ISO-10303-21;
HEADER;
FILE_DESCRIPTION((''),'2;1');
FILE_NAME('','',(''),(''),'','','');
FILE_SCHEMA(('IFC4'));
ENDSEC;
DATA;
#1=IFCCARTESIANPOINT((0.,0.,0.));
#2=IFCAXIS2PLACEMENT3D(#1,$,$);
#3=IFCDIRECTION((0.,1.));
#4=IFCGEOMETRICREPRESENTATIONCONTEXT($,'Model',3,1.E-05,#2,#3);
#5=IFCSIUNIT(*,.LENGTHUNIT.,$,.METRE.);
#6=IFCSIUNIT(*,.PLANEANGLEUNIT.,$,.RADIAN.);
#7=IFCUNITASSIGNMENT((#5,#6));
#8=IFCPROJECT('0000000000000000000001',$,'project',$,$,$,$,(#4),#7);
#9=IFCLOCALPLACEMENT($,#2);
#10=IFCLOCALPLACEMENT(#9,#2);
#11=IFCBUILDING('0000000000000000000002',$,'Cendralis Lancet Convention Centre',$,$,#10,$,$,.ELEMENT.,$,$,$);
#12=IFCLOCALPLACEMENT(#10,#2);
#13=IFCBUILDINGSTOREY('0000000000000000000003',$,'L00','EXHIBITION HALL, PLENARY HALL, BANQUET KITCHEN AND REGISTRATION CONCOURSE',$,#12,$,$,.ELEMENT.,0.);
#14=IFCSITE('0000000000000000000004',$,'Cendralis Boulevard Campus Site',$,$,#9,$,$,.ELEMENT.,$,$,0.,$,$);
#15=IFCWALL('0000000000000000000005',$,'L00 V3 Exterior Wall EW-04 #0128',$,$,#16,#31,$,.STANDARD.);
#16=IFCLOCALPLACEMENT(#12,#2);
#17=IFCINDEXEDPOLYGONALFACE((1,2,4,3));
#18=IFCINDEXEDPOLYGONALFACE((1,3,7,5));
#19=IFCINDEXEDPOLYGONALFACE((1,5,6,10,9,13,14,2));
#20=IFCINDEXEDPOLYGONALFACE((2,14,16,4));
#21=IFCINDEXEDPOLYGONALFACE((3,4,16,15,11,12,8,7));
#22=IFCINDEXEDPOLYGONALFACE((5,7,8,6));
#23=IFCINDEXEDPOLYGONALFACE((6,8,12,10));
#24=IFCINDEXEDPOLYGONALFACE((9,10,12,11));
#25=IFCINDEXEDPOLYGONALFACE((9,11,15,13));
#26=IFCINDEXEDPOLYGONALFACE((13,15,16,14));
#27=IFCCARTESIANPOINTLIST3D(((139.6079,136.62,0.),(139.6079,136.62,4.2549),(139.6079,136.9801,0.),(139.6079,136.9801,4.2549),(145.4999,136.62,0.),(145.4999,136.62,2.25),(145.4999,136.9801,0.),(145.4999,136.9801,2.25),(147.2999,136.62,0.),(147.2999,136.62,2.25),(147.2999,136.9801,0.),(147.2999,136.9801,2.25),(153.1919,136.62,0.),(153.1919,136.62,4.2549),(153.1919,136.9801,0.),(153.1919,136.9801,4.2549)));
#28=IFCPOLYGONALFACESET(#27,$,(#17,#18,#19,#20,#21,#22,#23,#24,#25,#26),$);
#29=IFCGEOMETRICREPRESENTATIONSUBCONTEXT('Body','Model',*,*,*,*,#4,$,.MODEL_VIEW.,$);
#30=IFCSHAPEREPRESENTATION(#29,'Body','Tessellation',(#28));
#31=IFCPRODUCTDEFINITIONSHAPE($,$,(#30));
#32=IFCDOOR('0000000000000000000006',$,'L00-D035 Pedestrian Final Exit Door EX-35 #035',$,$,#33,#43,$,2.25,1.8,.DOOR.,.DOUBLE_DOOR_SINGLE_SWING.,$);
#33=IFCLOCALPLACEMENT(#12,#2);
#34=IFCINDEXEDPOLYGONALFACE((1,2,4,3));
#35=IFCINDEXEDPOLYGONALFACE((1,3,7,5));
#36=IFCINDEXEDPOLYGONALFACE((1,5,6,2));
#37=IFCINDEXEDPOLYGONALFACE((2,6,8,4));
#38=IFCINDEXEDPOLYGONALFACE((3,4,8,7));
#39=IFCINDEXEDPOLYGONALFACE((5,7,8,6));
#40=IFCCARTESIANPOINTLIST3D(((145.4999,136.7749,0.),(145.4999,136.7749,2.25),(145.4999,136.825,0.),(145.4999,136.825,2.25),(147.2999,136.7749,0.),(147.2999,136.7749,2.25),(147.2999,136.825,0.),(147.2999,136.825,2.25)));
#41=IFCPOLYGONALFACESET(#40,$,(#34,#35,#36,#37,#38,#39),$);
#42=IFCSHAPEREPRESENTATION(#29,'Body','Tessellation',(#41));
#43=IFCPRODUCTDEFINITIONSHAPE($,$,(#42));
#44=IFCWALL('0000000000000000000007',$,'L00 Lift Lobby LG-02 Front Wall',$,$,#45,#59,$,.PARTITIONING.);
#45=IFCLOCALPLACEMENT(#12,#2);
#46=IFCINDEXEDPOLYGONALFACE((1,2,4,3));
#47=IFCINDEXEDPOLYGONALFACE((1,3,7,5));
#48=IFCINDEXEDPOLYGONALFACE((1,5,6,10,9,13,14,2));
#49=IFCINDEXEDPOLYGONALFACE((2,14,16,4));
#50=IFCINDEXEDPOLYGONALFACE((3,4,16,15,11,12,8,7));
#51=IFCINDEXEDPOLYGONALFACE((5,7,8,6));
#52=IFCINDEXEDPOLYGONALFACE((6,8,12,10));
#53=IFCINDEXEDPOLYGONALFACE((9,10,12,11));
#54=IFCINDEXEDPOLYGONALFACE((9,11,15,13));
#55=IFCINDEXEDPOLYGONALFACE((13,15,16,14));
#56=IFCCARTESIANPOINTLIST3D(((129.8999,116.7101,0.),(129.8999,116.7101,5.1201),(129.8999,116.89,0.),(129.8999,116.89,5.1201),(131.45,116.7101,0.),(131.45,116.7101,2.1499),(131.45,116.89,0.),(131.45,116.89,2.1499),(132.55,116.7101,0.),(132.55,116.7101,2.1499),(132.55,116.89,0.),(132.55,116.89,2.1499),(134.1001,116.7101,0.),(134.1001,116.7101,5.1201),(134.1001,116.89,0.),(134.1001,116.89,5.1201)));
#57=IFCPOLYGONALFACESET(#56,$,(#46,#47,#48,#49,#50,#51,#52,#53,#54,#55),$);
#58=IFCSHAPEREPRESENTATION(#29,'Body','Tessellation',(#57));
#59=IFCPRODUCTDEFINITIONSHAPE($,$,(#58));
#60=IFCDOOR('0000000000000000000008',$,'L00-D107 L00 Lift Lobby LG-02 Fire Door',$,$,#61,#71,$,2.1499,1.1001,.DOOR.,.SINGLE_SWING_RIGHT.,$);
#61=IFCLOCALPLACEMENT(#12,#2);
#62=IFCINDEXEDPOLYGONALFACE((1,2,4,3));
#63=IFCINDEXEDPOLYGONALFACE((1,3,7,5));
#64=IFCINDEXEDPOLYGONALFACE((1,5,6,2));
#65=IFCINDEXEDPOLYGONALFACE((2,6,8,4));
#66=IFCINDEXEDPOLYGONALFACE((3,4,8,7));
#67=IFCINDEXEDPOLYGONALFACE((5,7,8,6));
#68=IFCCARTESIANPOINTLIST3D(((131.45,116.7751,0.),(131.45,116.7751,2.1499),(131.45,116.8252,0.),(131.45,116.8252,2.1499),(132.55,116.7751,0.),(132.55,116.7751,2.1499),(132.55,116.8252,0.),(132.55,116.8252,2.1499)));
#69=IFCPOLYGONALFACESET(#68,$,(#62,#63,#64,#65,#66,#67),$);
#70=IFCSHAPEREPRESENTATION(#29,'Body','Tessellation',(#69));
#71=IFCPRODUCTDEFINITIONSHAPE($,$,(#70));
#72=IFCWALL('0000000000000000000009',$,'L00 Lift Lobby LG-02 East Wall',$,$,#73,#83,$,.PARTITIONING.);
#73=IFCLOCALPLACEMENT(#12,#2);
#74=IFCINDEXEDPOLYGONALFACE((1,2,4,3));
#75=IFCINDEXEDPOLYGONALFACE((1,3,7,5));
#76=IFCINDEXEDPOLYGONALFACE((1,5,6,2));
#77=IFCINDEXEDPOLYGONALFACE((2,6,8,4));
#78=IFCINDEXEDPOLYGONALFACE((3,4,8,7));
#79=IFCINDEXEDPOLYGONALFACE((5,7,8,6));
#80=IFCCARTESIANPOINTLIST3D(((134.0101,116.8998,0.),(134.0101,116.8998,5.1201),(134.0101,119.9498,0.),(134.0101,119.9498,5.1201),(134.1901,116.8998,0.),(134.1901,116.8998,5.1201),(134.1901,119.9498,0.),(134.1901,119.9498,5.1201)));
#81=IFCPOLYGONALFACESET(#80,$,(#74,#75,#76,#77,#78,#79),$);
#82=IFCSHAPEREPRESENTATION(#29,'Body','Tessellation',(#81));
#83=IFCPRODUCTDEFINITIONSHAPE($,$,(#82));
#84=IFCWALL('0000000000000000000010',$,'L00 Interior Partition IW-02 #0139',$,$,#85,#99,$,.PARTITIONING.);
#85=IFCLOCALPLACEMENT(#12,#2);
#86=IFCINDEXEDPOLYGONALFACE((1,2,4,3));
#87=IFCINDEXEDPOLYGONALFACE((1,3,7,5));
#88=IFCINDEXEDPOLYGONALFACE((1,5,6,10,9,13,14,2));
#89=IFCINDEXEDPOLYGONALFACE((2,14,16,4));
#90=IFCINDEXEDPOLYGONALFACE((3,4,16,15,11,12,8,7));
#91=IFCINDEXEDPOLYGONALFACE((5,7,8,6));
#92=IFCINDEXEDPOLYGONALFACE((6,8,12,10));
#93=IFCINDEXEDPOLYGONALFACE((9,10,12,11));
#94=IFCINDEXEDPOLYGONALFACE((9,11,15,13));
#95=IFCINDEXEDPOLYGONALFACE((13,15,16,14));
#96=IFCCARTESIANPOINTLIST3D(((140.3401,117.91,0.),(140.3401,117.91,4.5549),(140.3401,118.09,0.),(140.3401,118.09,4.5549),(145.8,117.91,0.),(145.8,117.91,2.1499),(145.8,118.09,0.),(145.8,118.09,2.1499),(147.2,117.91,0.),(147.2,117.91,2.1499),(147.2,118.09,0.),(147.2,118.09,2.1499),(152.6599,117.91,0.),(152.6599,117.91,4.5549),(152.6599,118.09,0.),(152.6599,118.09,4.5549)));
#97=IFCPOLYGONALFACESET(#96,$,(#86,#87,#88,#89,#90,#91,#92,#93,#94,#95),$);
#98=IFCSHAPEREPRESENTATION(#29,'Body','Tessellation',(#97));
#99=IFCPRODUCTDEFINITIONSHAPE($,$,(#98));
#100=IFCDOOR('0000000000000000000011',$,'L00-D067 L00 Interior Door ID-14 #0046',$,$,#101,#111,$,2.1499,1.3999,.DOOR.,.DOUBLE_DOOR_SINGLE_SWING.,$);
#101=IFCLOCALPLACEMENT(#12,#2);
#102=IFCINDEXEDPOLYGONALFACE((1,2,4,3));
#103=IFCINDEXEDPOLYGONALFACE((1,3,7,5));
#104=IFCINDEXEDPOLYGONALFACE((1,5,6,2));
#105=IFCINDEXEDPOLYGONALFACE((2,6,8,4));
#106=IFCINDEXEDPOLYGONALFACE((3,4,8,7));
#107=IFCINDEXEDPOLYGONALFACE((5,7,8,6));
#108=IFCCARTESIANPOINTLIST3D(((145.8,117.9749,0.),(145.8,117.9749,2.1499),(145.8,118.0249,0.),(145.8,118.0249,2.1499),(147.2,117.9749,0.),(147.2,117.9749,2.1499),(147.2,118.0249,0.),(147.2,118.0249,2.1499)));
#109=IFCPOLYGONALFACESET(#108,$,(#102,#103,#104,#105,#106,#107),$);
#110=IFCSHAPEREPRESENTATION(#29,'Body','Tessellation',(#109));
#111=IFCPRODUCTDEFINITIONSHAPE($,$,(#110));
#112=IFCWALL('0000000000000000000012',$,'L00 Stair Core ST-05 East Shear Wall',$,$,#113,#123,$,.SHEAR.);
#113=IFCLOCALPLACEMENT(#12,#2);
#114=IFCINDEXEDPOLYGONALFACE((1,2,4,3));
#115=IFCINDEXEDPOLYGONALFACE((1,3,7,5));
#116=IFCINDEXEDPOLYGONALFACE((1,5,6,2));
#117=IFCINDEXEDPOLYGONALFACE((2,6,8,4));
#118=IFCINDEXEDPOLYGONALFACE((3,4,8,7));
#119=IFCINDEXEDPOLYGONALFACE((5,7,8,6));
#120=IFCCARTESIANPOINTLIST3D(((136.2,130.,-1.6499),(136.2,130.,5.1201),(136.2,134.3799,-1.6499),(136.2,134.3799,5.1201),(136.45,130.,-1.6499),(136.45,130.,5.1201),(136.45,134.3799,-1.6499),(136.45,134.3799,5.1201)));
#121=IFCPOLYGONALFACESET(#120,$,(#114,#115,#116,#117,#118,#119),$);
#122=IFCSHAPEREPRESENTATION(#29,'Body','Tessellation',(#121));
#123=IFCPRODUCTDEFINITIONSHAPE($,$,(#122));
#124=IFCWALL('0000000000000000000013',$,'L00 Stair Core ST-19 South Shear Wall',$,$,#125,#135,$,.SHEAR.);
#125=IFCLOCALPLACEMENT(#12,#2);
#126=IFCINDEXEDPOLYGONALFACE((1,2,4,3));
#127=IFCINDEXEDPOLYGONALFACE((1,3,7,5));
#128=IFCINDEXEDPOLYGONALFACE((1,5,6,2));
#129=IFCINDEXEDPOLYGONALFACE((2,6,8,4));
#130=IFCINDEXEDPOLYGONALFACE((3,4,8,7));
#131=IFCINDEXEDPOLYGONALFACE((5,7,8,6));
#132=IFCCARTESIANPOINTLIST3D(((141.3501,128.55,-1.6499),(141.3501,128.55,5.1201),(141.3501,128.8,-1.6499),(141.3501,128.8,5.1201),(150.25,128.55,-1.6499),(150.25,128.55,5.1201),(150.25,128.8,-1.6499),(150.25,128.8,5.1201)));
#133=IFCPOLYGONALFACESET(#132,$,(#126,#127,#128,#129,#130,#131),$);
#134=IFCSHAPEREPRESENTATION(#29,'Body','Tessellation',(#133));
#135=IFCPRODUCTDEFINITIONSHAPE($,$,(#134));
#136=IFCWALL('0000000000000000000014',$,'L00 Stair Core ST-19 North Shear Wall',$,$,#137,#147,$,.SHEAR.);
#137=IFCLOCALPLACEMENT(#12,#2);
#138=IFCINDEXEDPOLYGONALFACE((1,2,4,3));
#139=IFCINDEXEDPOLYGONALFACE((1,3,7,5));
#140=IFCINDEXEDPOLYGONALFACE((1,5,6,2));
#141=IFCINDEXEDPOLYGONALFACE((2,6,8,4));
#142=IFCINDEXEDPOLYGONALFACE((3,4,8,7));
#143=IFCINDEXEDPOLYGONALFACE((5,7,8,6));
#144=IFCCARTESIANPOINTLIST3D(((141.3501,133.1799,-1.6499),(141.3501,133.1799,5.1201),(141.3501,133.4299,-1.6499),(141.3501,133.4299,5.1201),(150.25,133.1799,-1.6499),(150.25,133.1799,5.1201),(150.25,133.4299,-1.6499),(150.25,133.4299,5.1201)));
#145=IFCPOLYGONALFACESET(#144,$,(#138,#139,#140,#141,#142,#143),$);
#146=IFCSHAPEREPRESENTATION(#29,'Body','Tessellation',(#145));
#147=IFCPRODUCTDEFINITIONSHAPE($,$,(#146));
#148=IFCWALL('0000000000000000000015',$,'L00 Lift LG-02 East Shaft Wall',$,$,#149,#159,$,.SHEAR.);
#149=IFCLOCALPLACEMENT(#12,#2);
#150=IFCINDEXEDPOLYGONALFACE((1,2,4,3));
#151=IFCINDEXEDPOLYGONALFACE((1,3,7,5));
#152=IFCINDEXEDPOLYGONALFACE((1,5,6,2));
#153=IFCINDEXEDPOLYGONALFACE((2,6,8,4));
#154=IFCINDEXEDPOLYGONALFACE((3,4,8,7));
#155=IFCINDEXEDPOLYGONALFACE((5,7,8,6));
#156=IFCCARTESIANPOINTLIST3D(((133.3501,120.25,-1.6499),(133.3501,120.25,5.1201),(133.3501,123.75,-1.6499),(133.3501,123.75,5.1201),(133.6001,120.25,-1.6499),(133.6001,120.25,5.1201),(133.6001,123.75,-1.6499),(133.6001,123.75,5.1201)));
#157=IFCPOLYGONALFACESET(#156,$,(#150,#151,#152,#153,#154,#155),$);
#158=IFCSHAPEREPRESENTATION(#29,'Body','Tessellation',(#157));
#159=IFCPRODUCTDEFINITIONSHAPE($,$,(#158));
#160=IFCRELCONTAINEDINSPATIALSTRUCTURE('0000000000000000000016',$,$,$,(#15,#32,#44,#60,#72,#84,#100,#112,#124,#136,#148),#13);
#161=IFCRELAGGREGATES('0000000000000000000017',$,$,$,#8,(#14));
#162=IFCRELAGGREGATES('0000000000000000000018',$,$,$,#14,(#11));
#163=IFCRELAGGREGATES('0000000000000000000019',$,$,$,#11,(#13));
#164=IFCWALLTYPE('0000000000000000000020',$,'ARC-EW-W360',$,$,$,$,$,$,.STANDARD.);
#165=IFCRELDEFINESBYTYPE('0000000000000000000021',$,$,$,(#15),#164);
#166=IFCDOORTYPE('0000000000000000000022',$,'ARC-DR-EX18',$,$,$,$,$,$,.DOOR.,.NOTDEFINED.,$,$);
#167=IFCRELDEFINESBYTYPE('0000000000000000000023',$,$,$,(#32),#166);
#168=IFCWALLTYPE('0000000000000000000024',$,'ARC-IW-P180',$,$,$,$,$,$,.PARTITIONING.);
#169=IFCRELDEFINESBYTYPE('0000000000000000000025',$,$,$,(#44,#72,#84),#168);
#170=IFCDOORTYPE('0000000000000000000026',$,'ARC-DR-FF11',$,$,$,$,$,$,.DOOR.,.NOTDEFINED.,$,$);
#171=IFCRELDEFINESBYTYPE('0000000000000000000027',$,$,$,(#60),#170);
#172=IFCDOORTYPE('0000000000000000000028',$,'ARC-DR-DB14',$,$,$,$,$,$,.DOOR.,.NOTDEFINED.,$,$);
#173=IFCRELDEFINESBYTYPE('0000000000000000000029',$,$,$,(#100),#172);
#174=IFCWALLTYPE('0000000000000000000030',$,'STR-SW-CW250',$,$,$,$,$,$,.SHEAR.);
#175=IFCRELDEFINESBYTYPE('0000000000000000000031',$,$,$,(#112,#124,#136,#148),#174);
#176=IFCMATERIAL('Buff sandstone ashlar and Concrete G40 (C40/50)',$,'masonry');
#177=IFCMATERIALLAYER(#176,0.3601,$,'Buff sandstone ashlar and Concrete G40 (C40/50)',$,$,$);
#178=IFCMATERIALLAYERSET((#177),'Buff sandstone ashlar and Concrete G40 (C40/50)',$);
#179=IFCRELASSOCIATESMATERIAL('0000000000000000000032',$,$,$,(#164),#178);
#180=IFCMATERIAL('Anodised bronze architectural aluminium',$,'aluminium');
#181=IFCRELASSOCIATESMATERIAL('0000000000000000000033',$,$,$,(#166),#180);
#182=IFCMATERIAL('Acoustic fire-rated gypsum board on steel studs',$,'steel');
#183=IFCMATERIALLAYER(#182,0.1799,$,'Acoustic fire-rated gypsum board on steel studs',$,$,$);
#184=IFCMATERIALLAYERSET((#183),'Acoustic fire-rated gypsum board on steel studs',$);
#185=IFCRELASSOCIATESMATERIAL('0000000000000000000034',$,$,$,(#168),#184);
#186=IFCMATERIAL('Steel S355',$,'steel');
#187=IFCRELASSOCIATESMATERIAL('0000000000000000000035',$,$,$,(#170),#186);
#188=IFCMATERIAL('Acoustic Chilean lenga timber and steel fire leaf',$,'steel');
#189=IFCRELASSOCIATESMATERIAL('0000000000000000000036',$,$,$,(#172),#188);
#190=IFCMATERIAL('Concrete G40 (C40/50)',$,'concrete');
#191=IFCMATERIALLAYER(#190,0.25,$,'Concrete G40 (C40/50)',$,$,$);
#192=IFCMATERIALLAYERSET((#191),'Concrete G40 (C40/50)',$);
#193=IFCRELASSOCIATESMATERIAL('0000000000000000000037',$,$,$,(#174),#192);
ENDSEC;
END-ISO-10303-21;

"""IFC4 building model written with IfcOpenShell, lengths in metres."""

from ifc_helpers import new_model, si_unit, direction, frame, frame_2d, origin, place, context, subcontext, project, spatial, rectangle, extrude, material, layer, layer_set, type_object, element, fill, save


model = new_model("IFC4")

# Units and contexts
model_context = context("Model", 3, precision=1e-05, world=origin(), true_north=direction((0.0, 1.0)))
body_context = subcontext(model_context, "Body", "Model", "MODEL_VIEW")
ifc_project = project(units=[si_unit("LENGTHUNIT", "METRE"), si_unit("PLANEANGLEUNIT", "RADIAN")], contexts=[model_context])

# Site, building, storey
site_placement = place(None, origin())
site = spatial("IfcSite", under=ifc_project, at=site_placement, Name="Cendralis Boulevard Campus Site", CompositionType="ELEMENT", RefElevation=0.0)
building_placement = place(site_placement, origin())
building = spatial("IfcBuilding", under=site, at=building_placement, Name="Cendralis Lancet Convention Centre", CompositionType="ELEMENT")
storey_placement = place(building_placement, origin())
storey = spatial("IfcBuildingStorey", under=building, at=storey_placement, Name="L00", Description="EXHIBITION HALL, PLENARY HALL, BANQUET KITCHEN AND REGISTRATION CONCOURSE", CompositionType="ELEMENT", Elevation=0.0)

# Shared definitions
ifc_material_1 = material(Name="Concrete G40 (C40/50)", Category="concrete")

# Shared definitions
ifc_material_2 = material(Name="Steel S355", Category="steel")

# Walls, openings, doors
ifc_material_3 = material(Name="Buff sandstone ashlar and Concrete G40 (C40/50)", Category="masonry")
ifc_layer_1 = layer(ifc_material_3, 0.3601, Name="Buff sandstone ashlar and Concrete G40 (C40/50)")
ifc_layer_set_1 = layer_set([ifc_layer_1], Name="Buff sandstone ashlar and Concrete G40 (C40/50)")
wall_type_1 = type_object("IfcWallType", Name="ARC-EW-W360", PredefinedType="STANDARD", material=ifc_layer_set_1)
wall_1_placement = place(storey_placement, frame((139.6079, 136.8, 0.0), z_axis=(0.0, 0.0, 1.0), x_axis=(1.0, 0.0, 0.0)))
wall_1 = element("IfcWall", 1, at=wall_1_placement, inside=storey, type_object=wall_type_1, Name="L00 V3 Exterior Wall EW-04 #0128", PredefinedType="STANDARD", context=body_context, shape_type="SweptSolid", body=[
    extrude(rectangle(XDim=13.584, YDim=0.3601, at=frame_2d((6.792, 0.0))), origin(), (0.0, 0.0, 1.0), 4.2549),
])
opening_1_placement = place(wall_1_placement, frame((5.8921, 0.0, 0.0)))
opening_1 = element("IfcOpeningElement", 2, at=opening_1_placement, cuts=wall_1, PredefinedType="OPENING", context=body_context, shape_type="SweptSolid", body=[
    extrude(rectangle(XDim=1.8, YDim=2.25, at=frame_2d((0.8999, 1.125))), frame((0.0, 0.1899, 0.0), z_axis=(0.0, -1.0, 0.0), x_axis=(1.0, 0.0, 0.0)), (0.0, 0.0, 1.0), 0.3801),
])
ifc_material_4 = material(Name="Anodised bronze architectural aluminium", Category="aluminium")
door_type_1 = type_object("IfcDoorType", Name="ARC-DR-EX18", OperationType="NOTDEFINED", PredefinedType="DOOR", material=ifc_material_4)
door_1_placement = place(opening_1_placement, origin())
door_1 = element("IfcDoor", 3, at=door_1_placement, inside=storey, type_object=door_type_1, Name="L00-D035 Pedestrian Final Exit Door EX-35 #035", OperationType="DOUBLE_DOOR_SINGLE_SWING", OverallHeight=2.25, OverallWidth=1.8, PredefinedType="DOOR", context=body_context, shape_type="SweptSolid", body=[
    extrude(rectangle(XDim=1.8, YDim=2.25, at=frame_2d((0.8999, 1.125))), frame((0.0, 0.0249, 0.0), z_axis=(0.0, -1.0, 0.0), x_axis=(1.0, 0.0, 0.0)), (0.0, 0.0, 1.0), 0.05),
])
fill(opening_1, door_1)
ifc_material_5 = material(Name="Acoustic fire-rated gypsum board on steel studs", Category="steel")
ifc_layer_2 = layer(ifc_material_5, 0.1799, Name="Acoustic fire-rated gypsum board on steel studs")
ifc_layer_set_2 = layer_set([ifc_layer_2], Name="Acoustic fire-rated gypsum board on steel studs")
wall_type_2 = type_object("IfcWallType", Name="ARC-IW-P180", PredefinedType="PARTITIONING", material=ifc_layer_set_2)
wall_2_placement = place(storey_placement, frame((134.1001, 116.8, 0.0), z_axis=(0.0, 0.0, 1.0), x_axis=(-1.0, 0.0, 0.0)))
wall_2 = element("IfcWall", 4, at=wall_2_placement, inside=storey, type_object=wall_type_2, Name="L00 Lift Lobby LG-02 Front Wall", PredefinedType="PARTITIONING", context=body_context, shape_type="SweptSolid", body=[
    extrude(rectangle(XDim=4.2002, YDim=0.1799, at=frame_2d((2.1001, 0.0))), origin(), (0.0, 0.0, 1.0), 5.1201),
])
opening_2_placement = place(wall_2_placement, frame((1.55, 0.0, 0.0)))
opening_2 = element("IfcOpeningElement", 5, at=opening_2_placement, cuts=wall_2, PredefinedType="OPENING", context=body_context, shape_type="SweptSolid", body=[
    extrude(rectangle(XDim=1.1001, YDim=2.1499, at=frame_2d((0.55, 1.075))), frame((0.0, 0.0999, 0.0), z_axis=(0.0, -1.0, 0.0), x_axis=(1.0, 0.0, 0.0)), (0.0, 0.0, 1.0), 0.2),
])
door_type_2 = type_object("IfcDoorType", Name="ARC-DR-FF11", OperationType="NOTDEFINED", PredefinedType="DOOR", material=ifc_material_2)
door_2_placement = place(opening_2_placement, origin())
door_2 = element("IfcDoor", 6, at=door_2_placement, inside=storey, type_object=door_type_2, Name="L00-D107 L00 Lift Lobby LG-02 Fire Door", OperationType="SINGLE_SWING_RIGHT", OverallHeight=2.1499, OverallWidth=1.1001, PredefinedType="DOOR", context=body_context, shape_type="SweptSolid", body=[
    extrude(rectangle(XDim=1.1001, YDim=2.1499, at=frame_2d((0.55, 1.075))), frame((0.0, 0.0249, 0.0), z_axis=(0.0, -1.0, 0.0), x_axis=(1.0, 0.0, 0.0)), (0.0, 0.0, 1.0), 0.05),
])
fill(opening_2, door_2)

# Wall
wall_3_placement = place(storey_placement, frame((134.1001, 116.8999, 0.0), z_axis=(0.0, 0.0, 1.0), x_axis=(0.0, 1.0, 0.0)))
element("IfcWall", 7, at=wall_3_placement, inside=storey, type_object=wall_type_2, Name="L00 Lift Lobby LG-02 East Wall", PredefinedType="PARTITIONING", context=body_context, shape_type="SweptSolid", body=[
    extrude(rectangle(XDim=3.05, YDim=0.1799, at=frame_2d((1.5249, 0.0))), origin(), (0.0, 0.0, 1.0), 5.1201),
])

# Wall, opening, door
wall_4_placement = place(storey_placement, frame((140.3401, 118.0, 0.0), z_axis=(0.0, 0.0, 1.0), x_axis=(1.0, 0.0, 0.0)))
wall_4 = element("IfcWall", 8, at=wall_4_placement, inside=storey, type_object=wall_type_2, Name="L00 Interior Partition IW-02 #0139", PredefinedType="PARTITIONING", context=body_context, shape_type="SweptSolid", body=[
    extrude(rectangle(XDim=12.3198, YDim=0.1799, at=frame_2d((6.1599, 0.0))), origin(), (0.0, 0.0, 1.0), 4.5549),
])
opening_3_placement = place(wall_4_placement, frame((5.46, 0.0, 0.0)))
opening_3 = element("IfcOpeningElement", 9, at=opening_3_placement, cuts=wall_4, PredefinedType="OPENING", context=body_context, shape_type="SweptSolid", body=[
    extrude(rectangle(XDim=1.3999, YDim=2.1499, at=frame_2d((0.7, 1.075))), frame((0.0, 0.0999, 0.0), z_axis=(0.0, -1.0, 0.0), x_axis=(1.0, 0.0, 0.0)), (0.0, 0.0, 1.0), 0.2),
])
ifc_material_6 = material(Name="Acoustic Chilean lenga timber and steel fire leaf", Category="steel")
door_type_3 = type_object("IfcDoorType", Name="ARC-DR-DB14", OperationType="NOTDEFINED", PredefinedType="DOOR", material=ifc_material_6)
door_3_placement = place(opening_3_placement, origin())
door_3 = element("IfcDoor", 10, at=door_3_placement, inside=storey, type_object=door_type_3, Name="L00-D067 L00 Interior Door ID-14 #0046", OperationType="DOUBLE_DOOR_SINGLE_SWING", OverallHeight=2.1499, OverallWidth=1.3999, PredefinedType="DOOR", context=body_context, shape_type="SweptSolid", body=[
    extrude(rectangle(XDim=1.3999, YDim=2.1499, at=frame_2d((0.7, 1.075))), frame((0.0, 0.0249, 0.0), z_axis=(0.0, -1.0, 0.0), x_axis=(1.0, 0.0, 0.0)), (0.0, 0.0, 1.0), 0.05),
])
fill(opening_3, door_3)

# Walls
ifc_layer_3 = layer(ifc_material_1, 0.25, Name="Concrete G40 (C40/50)")
ifc_layer_set_3 = layer_set([ifc_layer_3], Name="Concrete G40 (C40/50)")
wall_type_3 = type_object("IfcWallType", Name="STR-SW-CW250", PredefinedType="SHEAR", material=ifc_layer_set_3)
wall_5_placement = place(storey_placement, frame((136.325, 130.0, -1.6499), z_axis=(0.0, 0.0, 1.0), x_axis=(0.0, 1.0, 0.0)))
element("IfcWall", 11, at=wall_5_placement, inside=storey, type_object=wall_type_3, Name="L00 Stair Core ST-05 East Shear Wall", PredefinedType="SHEAR", context=body_context, shape_type="SweptSolid", body=[
    extrude(rectangle(XDim=4.3799, YDim=0.25, at=frame_2d((2.1899, 0.0))), origin(), (0.0, 0.0, 1.0), 6.77),
])
for number, where, z_axis, x_axis, name in (
    (12, (141.3501, 128.675, -1.6499), (0.0, 0.0, 1.0), (1.0, 0.0, 0.0), "L00 Stair Core ST-19 South Shear Wall"),
    (13, (141.3501, 133.3049, -1.6499), (0.0, 0.0, 1.0), (1.0, 0.0, 0.0), "L00 Stair Core ST-19 North Shear Wall"),
):
    element("IfcWall", number, at=place(storey_placement, frame(where, z_axis=z_axis, x_axis=x_axis)), inside=storey, type_object=wall_type_3, Name=name, PredefinedType="SHEAR", context=body_context, shape_type="SweptSolid", body=[
        extrude(rectangle(XDim=8.8999, YDim=0.25, at=frame_2d((4.45, 0.0))), origin(), (0.0, 0.0, 1.0), 6.77),
    ])
wall_6_placement = place(storey_placement, frame((133.4751, 120.25, -1.6499), z_axis=(0.0, 0.0, 1.0), x_axis=(0.0, 1.0, 0.0)))
element("IfcWall", 14, at=wall_6_placement, inside=storey, type_object=wall_type_3, Name="L00 Lift LG-02 East Shaft Wall", PredefinedType="SHEAR", context=body_context, shape_type="SweptSolid", body=[
    extrude(rectangle(XDim=3.5, YDim=0.25, at=frame_2d((1.75, 0.0))), origin(), (0.0, 0.0, 1.0), 6.77),
])

save(model, "model.ifc")
